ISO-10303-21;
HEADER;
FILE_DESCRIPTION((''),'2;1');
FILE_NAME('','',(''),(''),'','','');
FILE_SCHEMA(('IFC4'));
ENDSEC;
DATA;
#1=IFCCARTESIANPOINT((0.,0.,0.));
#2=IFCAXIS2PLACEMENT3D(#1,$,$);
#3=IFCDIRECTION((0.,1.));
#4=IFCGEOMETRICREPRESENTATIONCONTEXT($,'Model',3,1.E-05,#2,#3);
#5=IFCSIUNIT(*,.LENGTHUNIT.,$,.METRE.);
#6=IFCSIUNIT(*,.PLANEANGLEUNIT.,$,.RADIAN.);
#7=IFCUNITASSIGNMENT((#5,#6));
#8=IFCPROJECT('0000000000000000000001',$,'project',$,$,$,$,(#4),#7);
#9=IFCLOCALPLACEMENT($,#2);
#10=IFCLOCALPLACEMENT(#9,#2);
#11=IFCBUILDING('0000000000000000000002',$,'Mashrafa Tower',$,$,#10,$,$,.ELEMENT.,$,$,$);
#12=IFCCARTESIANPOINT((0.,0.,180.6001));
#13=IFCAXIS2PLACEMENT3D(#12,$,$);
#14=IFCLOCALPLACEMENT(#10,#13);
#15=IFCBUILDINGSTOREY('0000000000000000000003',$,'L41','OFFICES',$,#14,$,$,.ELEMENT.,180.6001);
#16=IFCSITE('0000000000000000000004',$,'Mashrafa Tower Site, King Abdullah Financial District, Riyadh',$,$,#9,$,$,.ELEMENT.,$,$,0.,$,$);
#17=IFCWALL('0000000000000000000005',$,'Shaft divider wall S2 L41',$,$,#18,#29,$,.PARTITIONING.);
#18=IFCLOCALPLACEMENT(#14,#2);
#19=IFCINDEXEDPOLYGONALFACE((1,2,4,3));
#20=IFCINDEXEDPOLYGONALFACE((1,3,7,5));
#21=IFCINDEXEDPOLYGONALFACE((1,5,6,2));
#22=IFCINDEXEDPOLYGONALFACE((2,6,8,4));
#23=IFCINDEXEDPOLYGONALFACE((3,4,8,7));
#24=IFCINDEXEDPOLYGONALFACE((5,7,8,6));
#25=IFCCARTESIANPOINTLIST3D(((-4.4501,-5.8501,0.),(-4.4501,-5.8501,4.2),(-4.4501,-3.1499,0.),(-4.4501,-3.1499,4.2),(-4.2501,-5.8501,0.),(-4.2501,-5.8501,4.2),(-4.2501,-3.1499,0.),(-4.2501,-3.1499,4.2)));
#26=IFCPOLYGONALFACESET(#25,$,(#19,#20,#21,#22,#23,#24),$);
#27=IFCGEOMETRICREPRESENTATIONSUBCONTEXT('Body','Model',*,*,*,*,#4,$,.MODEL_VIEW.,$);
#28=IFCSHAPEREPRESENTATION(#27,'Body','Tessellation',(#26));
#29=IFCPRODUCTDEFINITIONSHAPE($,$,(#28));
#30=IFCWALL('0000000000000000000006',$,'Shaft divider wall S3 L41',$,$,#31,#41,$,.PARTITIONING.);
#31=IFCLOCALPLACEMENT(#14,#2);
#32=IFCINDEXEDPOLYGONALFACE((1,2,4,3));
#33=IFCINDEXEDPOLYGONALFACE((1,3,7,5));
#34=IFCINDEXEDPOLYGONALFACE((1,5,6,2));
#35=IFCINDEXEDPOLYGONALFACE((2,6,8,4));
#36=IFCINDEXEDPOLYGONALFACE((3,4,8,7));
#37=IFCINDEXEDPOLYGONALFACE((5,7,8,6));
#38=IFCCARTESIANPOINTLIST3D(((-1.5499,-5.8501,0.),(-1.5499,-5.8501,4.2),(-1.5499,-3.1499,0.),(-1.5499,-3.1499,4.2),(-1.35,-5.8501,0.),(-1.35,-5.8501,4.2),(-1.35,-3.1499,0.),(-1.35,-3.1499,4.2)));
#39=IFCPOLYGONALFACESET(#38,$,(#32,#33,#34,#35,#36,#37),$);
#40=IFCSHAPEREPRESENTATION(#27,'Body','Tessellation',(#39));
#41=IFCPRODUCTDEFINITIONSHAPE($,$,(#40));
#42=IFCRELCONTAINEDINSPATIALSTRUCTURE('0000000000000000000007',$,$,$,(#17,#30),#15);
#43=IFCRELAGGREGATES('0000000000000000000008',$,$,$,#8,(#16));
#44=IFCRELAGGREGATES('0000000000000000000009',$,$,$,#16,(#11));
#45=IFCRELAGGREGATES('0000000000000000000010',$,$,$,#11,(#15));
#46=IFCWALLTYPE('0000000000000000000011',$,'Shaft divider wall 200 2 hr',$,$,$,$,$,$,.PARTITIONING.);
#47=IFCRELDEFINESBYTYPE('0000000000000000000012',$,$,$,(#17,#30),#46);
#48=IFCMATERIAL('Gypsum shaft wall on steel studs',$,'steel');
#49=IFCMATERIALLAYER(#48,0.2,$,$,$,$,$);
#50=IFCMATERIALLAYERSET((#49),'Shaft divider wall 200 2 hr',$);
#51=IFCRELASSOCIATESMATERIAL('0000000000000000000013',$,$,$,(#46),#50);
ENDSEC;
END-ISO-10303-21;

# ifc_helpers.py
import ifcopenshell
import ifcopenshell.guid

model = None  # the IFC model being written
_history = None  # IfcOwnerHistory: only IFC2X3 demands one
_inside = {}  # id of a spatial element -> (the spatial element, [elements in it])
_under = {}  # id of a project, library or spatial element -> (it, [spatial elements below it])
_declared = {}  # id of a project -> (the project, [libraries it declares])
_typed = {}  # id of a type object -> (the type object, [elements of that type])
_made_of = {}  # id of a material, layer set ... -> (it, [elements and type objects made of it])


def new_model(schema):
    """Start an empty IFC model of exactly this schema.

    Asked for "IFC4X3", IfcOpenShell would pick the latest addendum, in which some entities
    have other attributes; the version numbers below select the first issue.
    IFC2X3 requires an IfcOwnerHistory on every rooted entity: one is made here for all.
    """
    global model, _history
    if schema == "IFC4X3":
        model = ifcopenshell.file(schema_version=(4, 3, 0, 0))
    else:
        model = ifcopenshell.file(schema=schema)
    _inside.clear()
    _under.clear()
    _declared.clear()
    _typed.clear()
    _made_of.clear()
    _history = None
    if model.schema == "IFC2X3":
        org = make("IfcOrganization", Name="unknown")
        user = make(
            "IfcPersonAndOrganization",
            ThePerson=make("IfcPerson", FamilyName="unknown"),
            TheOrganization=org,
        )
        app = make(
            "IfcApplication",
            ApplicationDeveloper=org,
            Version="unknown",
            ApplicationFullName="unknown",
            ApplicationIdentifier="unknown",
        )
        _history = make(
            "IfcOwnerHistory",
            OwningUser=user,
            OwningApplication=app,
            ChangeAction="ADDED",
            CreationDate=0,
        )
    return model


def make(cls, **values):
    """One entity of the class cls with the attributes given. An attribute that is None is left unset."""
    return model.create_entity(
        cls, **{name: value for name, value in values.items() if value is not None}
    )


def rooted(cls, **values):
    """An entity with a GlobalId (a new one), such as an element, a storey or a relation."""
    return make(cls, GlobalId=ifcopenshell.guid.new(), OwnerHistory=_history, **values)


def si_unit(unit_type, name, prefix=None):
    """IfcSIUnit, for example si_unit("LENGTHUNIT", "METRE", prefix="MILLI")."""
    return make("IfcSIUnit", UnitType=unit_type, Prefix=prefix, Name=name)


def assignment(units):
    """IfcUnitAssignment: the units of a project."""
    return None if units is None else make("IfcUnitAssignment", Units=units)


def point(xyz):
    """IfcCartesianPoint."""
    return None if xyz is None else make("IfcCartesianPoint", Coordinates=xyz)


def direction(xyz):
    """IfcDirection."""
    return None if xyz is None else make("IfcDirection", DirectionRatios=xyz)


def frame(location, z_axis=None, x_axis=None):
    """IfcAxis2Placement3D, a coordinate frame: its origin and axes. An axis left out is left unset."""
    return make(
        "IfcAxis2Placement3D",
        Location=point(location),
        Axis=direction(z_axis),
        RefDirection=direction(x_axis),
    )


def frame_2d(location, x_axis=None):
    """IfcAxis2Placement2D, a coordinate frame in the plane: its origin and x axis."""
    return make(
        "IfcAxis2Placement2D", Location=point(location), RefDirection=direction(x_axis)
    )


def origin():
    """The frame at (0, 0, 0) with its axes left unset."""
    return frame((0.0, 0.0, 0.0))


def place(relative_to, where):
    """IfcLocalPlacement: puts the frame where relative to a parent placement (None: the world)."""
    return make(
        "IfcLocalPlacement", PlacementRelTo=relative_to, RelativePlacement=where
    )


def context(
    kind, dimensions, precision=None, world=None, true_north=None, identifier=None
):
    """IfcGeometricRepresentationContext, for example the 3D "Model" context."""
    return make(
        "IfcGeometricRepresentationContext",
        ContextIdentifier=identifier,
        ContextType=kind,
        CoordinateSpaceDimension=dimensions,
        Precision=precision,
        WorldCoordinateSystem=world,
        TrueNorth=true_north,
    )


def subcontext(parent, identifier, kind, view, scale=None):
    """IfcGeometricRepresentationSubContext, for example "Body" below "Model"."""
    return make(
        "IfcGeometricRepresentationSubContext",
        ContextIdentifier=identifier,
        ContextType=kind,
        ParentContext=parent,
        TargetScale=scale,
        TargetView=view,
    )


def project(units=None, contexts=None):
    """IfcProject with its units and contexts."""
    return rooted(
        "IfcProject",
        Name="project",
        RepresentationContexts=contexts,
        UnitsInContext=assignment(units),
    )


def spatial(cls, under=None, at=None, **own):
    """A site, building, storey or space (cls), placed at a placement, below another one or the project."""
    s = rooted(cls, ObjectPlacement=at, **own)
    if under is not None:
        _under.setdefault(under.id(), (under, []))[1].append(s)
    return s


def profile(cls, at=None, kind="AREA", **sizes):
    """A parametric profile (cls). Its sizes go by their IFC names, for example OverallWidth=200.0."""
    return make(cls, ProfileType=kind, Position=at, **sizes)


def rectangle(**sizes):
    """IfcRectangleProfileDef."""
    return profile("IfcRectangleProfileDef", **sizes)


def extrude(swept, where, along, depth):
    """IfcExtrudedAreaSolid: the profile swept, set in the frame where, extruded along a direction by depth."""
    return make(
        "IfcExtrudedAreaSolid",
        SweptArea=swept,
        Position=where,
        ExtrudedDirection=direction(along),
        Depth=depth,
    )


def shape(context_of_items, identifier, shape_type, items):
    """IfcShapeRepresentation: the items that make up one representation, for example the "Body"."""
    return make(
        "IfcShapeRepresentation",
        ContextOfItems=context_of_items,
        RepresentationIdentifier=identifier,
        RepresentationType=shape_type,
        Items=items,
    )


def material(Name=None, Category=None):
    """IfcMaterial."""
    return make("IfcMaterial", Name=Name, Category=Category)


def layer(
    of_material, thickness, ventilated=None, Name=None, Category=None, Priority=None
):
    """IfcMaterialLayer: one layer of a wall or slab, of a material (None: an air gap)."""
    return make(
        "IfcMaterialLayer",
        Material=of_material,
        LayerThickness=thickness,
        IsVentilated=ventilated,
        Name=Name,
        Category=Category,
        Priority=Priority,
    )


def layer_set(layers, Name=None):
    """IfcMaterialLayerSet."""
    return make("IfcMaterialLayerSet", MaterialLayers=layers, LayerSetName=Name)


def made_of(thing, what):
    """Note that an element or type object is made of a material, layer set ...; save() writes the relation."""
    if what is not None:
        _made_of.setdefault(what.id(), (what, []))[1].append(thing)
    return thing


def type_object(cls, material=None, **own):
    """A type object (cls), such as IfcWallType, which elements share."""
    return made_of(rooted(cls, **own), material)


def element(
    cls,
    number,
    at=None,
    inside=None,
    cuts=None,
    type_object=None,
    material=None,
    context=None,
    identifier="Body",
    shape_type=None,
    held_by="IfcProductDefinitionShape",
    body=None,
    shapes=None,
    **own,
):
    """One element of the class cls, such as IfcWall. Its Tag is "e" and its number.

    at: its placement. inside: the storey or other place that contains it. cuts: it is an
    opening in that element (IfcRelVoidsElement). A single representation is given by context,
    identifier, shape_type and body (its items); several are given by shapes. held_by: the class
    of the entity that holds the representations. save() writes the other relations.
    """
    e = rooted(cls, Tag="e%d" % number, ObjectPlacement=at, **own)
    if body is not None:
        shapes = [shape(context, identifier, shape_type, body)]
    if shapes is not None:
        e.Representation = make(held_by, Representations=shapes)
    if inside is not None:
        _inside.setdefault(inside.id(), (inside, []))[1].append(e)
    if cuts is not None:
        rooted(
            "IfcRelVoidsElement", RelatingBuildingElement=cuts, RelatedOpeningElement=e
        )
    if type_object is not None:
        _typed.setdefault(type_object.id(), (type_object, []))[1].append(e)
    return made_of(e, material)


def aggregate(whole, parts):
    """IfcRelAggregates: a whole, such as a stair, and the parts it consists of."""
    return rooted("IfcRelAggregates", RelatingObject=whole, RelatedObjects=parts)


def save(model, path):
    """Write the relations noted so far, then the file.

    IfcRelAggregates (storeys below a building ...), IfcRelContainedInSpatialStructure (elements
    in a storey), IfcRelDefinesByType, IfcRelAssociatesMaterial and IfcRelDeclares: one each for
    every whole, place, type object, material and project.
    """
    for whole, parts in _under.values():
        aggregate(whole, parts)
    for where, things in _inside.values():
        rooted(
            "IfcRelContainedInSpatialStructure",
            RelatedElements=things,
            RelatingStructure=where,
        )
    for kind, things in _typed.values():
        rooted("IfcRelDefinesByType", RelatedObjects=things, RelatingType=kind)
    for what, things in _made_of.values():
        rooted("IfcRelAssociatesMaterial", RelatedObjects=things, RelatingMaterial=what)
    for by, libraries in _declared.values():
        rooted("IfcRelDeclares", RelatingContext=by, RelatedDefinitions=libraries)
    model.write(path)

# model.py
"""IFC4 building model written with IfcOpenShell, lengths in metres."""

from ifc_helpers import new_model, si_unit, direction, frame, frame_2d, origin, place, context, subcontext, project, spatial, rectangle, extrude, material, layer, layer_set, type_object, element, save


model = new_model("IFC4")

# Units and contexts
model_context = context("Model", 3, precision=1e-05, world=origin(), true_north=direction((0.0, 1.0)))
body_context = subcontext(model_context, "Body", "Model", "MODEL_VIEW")
ifc_project = project(units=[si_unit("LENGTHUNIT", "METRE"), si_unit("PLANEANGLEUNIT", "RADIAN")], contexts=[model_context])

# Site, building, storey
site_placement = place(None, origin())
site = spatial("IfcSite", under=ifc_project, at=site_placement, Name="Mashrafa Tower Site, King Abdullah Financial District, Riyadh", CompositionType="ELEMENT", RefElevation=0.0)
building_placement = place(site_placement, origin())
building = spatial("IfcBuilding", under=site, at=building_placement, Name="Mashrafa Tower", CompositionType="ELEMENT")
storey_placement = place(building_placement, frame((0.0, 0.0, 180.6001)))
storey = spatial("IfcBuildingStorey", under=building, at=storey_placement, Name="L41", Description="OFFICES", CompositionType="ELEMENT", Elevation=180.6001)

# Walls
ifc_material_1 = material(Name="Gypsum shaft wall on steel studs", Category="steel")
ifc_layer_1 = layer(ifc_material_1, 0.2)
ifc_layer_set_1 = layer_set([ifc_layer_1], Name="Shaft divider wall 200 2 hr")
wall_type_1 = type_object("IfcWallType", Name="Shaft divider wall 200 2 hr", PredefinedType="PARTITIONING", material=ifc_layer_set_1)
for number, where, z_axis, x_axis, name in (
    (1, (-4.3501, -5.8501, 0.0), (0.0, 0.0, 1.0), (0.0, 1.0, 0.0), "Shaft divider wall S2 L41"),
    (2, (-1.45, -5.8501, 0.0), (0.0, 0.0, 1.0), (0.0, 1.0, 0.0), "Shaft divider wall S3 L41"),
):
    element("IfcWall", number, at=place(storey_placement, frame(where, z_axis=z_axis, x_axis=x_axis)), inside=storey, type_object=wall_type_1, Name=name, PredefinedType="PARTITIONING", context=body_context, shape_type="SweptSolid", body=[
        extrude(rectangle(XDim=2.7002, YDim=0.2, at=frame_2d((1.3501, 0.0))), origin(), (0.0, 0.0, 1.0), 4.2),
    ])

save(model, "model.ifc")
